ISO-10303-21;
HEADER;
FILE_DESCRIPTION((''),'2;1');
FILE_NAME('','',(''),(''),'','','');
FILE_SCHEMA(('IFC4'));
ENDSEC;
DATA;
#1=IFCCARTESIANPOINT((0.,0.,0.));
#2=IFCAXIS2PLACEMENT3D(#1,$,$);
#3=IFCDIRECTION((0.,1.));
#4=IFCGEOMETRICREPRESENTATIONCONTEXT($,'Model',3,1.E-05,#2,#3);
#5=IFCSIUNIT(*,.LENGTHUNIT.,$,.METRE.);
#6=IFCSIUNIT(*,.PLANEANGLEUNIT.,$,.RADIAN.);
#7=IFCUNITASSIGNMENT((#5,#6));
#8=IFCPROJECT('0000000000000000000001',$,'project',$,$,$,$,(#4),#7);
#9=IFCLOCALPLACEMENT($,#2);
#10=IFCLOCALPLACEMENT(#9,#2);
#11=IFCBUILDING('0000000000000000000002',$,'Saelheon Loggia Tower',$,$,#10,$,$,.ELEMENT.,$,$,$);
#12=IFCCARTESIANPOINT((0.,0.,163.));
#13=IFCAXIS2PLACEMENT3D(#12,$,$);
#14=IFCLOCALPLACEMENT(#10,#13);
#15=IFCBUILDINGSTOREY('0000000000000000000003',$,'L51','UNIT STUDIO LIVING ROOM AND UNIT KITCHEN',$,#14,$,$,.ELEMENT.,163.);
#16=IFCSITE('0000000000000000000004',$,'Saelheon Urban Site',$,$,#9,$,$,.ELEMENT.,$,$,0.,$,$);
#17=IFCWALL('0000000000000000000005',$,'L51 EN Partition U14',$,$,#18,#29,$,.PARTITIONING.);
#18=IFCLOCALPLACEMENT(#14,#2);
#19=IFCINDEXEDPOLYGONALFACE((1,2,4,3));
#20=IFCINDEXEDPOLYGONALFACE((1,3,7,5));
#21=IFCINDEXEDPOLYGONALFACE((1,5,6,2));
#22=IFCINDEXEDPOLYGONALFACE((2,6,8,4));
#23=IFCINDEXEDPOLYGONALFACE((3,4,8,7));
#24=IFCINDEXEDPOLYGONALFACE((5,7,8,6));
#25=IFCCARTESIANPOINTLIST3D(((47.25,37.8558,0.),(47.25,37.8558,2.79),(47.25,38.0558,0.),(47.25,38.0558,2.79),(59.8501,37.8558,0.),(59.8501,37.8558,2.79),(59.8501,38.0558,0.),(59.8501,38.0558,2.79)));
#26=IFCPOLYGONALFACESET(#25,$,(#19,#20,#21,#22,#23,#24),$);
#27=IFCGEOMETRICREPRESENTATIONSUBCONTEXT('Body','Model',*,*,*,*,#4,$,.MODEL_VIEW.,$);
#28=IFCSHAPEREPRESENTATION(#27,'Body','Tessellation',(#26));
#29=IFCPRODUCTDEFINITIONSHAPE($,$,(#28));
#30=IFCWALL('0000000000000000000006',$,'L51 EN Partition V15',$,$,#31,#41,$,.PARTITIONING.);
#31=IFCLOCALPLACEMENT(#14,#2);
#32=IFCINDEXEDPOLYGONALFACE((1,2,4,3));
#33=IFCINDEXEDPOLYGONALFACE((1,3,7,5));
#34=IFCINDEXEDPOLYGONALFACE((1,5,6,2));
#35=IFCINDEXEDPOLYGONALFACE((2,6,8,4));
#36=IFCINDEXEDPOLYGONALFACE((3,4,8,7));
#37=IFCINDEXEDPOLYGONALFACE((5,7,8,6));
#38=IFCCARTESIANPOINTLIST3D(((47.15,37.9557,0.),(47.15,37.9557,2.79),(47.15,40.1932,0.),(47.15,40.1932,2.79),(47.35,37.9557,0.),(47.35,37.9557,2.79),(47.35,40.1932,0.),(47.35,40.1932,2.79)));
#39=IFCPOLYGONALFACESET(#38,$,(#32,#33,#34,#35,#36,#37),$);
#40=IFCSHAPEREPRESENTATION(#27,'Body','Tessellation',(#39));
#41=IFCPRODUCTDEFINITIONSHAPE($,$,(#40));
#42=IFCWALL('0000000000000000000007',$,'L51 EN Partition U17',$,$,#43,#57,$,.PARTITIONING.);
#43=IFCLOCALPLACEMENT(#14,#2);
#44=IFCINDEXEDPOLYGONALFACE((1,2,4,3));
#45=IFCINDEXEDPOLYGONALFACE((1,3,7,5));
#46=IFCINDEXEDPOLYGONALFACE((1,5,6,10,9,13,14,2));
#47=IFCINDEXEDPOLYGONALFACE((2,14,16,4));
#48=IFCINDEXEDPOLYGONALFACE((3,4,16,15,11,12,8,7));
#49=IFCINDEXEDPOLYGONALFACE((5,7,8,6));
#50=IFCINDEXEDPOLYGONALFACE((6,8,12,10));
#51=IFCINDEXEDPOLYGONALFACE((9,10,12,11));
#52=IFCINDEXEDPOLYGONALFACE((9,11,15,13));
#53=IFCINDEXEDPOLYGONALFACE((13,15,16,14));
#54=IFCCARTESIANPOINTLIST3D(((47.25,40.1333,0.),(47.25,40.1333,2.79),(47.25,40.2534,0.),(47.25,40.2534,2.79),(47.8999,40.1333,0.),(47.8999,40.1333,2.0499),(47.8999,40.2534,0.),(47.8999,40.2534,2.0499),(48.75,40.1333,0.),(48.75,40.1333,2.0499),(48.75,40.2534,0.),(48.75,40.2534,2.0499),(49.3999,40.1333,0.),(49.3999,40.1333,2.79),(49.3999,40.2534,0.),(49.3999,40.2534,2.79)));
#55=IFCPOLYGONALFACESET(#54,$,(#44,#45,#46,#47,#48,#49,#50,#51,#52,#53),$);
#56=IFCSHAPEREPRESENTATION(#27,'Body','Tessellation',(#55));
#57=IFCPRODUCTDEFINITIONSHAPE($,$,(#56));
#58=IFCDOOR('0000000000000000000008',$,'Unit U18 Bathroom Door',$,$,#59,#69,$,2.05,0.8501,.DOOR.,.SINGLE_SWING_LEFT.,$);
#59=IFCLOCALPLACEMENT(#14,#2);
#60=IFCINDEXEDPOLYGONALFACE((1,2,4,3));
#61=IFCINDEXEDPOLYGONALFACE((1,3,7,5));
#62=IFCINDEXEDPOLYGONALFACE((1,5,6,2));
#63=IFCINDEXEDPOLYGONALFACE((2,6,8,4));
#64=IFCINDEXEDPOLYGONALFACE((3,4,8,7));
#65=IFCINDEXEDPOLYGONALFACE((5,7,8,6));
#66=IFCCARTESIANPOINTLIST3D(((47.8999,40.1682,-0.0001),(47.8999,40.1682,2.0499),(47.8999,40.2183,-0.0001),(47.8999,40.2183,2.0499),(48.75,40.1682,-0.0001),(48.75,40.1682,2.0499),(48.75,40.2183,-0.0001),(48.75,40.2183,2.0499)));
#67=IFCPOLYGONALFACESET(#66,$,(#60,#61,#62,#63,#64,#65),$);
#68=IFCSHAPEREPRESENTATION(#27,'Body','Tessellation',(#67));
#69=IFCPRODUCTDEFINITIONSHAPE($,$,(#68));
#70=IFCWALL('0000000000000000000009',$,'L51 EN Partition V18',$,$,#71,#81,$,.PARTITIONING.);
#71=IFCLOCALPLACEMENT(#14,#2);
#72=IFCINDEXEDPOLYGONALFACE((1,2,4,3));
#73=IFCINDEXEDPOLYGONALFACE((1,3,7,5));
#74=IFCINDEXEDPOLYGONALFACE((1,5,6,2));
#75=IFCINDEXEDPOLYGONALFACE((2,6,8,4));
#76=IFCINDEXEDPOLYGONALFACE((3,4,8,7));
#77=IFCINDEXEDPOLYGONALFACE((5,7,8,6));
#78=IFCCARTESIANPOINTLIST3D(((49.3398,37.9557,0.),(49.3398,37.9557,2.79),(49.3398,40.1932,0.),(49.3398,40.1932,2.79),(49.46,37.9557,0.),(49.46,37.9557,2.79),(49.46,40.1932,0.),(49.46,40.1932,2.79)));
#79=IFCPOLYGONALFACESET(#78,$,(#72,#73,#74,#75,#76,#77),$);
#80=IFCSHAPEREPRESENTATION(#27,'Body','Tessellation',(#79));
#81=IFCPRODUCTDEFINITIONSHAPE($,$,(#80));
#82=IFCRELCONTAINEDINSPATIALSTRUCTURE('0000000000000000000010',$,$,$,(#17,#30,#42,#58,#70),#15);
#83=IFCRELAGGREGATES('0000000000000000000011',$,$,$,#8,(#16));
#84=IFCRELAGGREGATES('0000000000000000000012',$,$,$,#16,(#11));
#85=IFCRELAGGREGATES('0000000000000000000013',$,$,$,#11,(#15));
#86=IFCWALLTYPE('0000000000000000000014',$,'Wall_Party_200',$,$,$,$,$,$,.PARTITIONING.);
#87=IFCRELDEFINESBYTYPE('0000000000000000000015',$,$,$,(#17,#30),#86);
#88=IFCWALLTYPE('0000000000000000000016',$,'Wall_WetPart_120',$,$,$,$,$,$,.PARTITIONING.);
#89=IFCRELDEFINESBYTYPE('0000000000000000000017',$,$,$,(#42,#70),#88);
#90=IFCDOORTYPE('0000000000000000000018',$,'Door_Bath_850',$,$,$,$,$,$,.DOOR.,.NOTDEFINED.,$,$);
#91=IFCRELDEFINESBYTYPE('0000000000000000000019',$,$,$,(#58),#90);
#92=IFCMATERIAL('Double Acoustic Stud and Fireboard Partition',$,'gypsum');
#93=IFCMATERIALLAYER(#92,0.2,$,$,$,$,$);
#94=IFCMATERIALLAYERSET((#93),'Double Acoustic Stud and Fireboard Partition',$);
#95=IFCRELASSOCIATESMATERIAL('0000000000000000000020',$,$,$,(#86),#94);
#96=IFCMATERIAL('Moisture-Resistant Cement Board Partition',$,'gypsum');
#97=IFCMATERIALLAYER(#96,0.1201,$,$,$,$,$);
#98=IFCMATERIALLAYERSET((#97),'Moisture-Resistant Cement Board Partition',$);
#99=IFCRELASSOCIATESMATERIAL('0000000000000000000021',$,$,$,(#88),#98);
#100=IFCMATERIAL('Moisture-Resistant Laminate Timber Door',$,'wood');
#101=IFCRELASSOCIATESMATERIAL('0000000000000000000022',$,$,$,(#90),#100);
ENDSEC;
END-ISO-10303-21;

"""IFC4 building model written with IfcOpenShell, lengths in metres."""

from ifc_helpers import new_model, si_unit, direction, frame, frame_2d, origin, place, context, subcontext, project, spatial, rectangle, extrude, source, transform, mapped, material, layer, layer_set, type_object, element, fill, save


model = new_model("IFC4")

# Units and contexts
model_context = context("Model", 3, precision=1e-05, world=origin(), true_north=direction((0.0, 1.0)))
body_context = subcontext(model_context, "Body", "Model", "MODEL_VIEW")
ifc_project = project(units=[si_unit("LENGTHUNIT", "METRE"), si_unit("PLANEANGLEUNIT", "RADIAN")], contexts=[model_context])

# Site, building, storey
site_placement = place(None, origin())
site = spatial("IfcSite", under=ifc_project, at=site_placement, Name="Saelheon Urban Site", CompositionType="ELEMENT", RefElevation=0.0)
building_placement = place(site_placement, origin())
building = spatial("IfcBuilding", under=site, at=building_placement, Name="Saelheon Loggia Tower", CompositionType="ELEMENT")
storey_placement = place(building_placement, frame((0.0, 0.0, 163.0)))
storey = spatial("IfcBuildingStorey", under=building, at=storey_placement, Name="L51", Description="UNIT STUDIO LIVING ROOM AND UNIT KITCHEN", CompositionType="ELEMENT", Elevation=163.0)

# Walls
ifc_material_1 = material(Name="Double Acoustic Stud and Fireboard Partition", Category="gypsum")
ifc_layer_1 = layer(ifc_material_1, 0.2)
ifc_layer_set_1 = layer_set([ifc_layer_1], Name="Double Acoustic Stud and Fireboard Partition")
wall_type_1 = type_object("IfcWallType", Name="Wall_Party_200", PredefinedType="PARTITIONING", material=ifc_layer_set_1)
for number, where, z_axis, x_axis, name in (
    (1, (47.25, 37.9558, 0.0), (0.0, 0.0, 1.0), (1.0, 0.0, 0.0), "L51 EN Partition U14"),
):
    element("IfcWall", number, at=place(storey_placement, frame(where, z_axis=z_axis, x_axis=x_axis)), inside=storey, type_object=wall_type_1, Name=name, PredefinedType="PARTITIONING", context=body_context, shape_type="SweptSolid", body=[
        extrude(rectangle(XDim=12.6001, YDim=0.2, at=frame_2d((6.3, 0.0))), origin(), (0.0, 0.0, 1.0), 2.79),
    ])
wall_1_placement = place(storey_placement, frame((47.25, 37.9558, 0.0), z_axis=(0.0, 0.0, 1.0), x_axis=(0.0, 1.0, 0.0)))
element("IfcWall", 2, at=wall_1_placement, inside=storey, type_object=wall_type_1, Name="L51 EN Partition V15", PredefinedType="PARTITIONING", context=body_context, shape_type="SweptSolid", body=[
    extrude(rectangle(XDim=2.2375, YDim=0.2, at=frame_2d((1.1187, 0.0))), origin(), (0.0, 0.0, 1.0), 2.79),
])

# Wall, opening, door
ifc_material_2 = material(Name="Moisture-Resistant Cement Board Partition", Category="gypsum")
ifc_layer_2 = layer(ifc_material_2, 0.1201)
ifc_layer_set_2 = layer_set([ifc_layer_2], Name="Moisture-Resistant Cement Board Partition")
wall_type_2 = type_object("IfcWallType", Name="Wall_WetPart_120", PredefinedType="PARTITIONING", material=ifc_layer_set_2)
wall_2_placement = place(storey_placement, frame((47.25, 40.1934, 0.0), z_axis=(0.0, 0.0, 1.0), x_axis=(1.0, 0.0, 0.0)))
wall_2 = element("IfcWall", 3, at=wall_2_placement, inside=storey, type_object=wall_type_2, Name="L51 EN Partition U17", PredefinedType="PARTITIONING", context=body_context, shape_type="SweptSolid", body=[
    extrude(rectangle(XDim=2.1499, YDim=0.1201, at=frame_2d((1.075, 0.0))), origin(), (0.0, 0.0, 1.0), 2.79),
])
opening_1_placement = place(wall_2_placement, frame((0.6499, 0.0, 0.0)))
opening_1 = element("IfcOpeningElement", 4, at=opening_1_placement, cuts=wall_2, PredefinedType="OPENING", context=body_context, shape_type="SweptSolid", body=[
    extrude(rectangle(XDim=0.8501, YDim=2.05, at=frame_2d((0.425, 1.0249))), frame((0.0, 0.072, 0.0), z_axis=(0.0, -1.0, 0.0), x_axis=(1.0, 0.0, 0.0)), (0.0, 0.0, 1.0), 0.144),
])
ifc_material_3 = material(Name="Moisture-Resistant Laminate Timber Door", Category="wood")
door_type_1 = type_object("IfcDoorType", Name="Door_Bath_850", OperationType="NOTDEFINED", PredefinedType="DOOR", material=ifc_material_3)
shared_shape_1 = source(origin(), body_context, "Body", "SweptSolid", [
    extrude(rectangle(XDim=0.8501, YDim=2.05, at=frame_2d((0.425, 1.0249))), frame((0.0, 0.0249, 0.0), z_axis=(0.0, -1.0, 0.0), x_axis=(1.0, 0.0, 0.0)), (0.0, 0.0, 1.0), 0.05),
])
door_1_placement = place(opening_1_placement, origin())
door_1 = element("IfcDoor", 5, at=door_1_placement, inside=storey, type_object=door_type_1, Name="Unit U18 Bathroom Door", OperationType="SINGLE_SWING_LEFT", OverallHeight=2.05, OverallWidth=0.8501, PredefinedType="DOOR", context=body_context, shape_type="MappedRepresentation", body=[
    mapped(shared_shape_1, transform((0.0, 0.0, 0.0), scale=1.0)),
])
fill(opening_1, door_1)

# Wall
wall_3_placement = place(storey_placement, frame((49.3999, 37.9558, 0.0), z_axis=(0.0, 0.0, 1.0), x_axis=(0.0, 1.0, 0.0)))
element("IfcWall", 6, at=wall_3_placement, inside=storey, type_object=wall_type_2, Name="L51 EN Partition V18", PredefinedType="PARTITIONING", context=body_context, shape_type="SweptSolid", body=[
    extrude(rectangle(XDim=2.2375, YDim=0.1201, at=frame_2d((1.1187, 0.0))), origin(), (0.0, 0.0, 1.0), 2.79),
])

save(model, "model.ifc")
